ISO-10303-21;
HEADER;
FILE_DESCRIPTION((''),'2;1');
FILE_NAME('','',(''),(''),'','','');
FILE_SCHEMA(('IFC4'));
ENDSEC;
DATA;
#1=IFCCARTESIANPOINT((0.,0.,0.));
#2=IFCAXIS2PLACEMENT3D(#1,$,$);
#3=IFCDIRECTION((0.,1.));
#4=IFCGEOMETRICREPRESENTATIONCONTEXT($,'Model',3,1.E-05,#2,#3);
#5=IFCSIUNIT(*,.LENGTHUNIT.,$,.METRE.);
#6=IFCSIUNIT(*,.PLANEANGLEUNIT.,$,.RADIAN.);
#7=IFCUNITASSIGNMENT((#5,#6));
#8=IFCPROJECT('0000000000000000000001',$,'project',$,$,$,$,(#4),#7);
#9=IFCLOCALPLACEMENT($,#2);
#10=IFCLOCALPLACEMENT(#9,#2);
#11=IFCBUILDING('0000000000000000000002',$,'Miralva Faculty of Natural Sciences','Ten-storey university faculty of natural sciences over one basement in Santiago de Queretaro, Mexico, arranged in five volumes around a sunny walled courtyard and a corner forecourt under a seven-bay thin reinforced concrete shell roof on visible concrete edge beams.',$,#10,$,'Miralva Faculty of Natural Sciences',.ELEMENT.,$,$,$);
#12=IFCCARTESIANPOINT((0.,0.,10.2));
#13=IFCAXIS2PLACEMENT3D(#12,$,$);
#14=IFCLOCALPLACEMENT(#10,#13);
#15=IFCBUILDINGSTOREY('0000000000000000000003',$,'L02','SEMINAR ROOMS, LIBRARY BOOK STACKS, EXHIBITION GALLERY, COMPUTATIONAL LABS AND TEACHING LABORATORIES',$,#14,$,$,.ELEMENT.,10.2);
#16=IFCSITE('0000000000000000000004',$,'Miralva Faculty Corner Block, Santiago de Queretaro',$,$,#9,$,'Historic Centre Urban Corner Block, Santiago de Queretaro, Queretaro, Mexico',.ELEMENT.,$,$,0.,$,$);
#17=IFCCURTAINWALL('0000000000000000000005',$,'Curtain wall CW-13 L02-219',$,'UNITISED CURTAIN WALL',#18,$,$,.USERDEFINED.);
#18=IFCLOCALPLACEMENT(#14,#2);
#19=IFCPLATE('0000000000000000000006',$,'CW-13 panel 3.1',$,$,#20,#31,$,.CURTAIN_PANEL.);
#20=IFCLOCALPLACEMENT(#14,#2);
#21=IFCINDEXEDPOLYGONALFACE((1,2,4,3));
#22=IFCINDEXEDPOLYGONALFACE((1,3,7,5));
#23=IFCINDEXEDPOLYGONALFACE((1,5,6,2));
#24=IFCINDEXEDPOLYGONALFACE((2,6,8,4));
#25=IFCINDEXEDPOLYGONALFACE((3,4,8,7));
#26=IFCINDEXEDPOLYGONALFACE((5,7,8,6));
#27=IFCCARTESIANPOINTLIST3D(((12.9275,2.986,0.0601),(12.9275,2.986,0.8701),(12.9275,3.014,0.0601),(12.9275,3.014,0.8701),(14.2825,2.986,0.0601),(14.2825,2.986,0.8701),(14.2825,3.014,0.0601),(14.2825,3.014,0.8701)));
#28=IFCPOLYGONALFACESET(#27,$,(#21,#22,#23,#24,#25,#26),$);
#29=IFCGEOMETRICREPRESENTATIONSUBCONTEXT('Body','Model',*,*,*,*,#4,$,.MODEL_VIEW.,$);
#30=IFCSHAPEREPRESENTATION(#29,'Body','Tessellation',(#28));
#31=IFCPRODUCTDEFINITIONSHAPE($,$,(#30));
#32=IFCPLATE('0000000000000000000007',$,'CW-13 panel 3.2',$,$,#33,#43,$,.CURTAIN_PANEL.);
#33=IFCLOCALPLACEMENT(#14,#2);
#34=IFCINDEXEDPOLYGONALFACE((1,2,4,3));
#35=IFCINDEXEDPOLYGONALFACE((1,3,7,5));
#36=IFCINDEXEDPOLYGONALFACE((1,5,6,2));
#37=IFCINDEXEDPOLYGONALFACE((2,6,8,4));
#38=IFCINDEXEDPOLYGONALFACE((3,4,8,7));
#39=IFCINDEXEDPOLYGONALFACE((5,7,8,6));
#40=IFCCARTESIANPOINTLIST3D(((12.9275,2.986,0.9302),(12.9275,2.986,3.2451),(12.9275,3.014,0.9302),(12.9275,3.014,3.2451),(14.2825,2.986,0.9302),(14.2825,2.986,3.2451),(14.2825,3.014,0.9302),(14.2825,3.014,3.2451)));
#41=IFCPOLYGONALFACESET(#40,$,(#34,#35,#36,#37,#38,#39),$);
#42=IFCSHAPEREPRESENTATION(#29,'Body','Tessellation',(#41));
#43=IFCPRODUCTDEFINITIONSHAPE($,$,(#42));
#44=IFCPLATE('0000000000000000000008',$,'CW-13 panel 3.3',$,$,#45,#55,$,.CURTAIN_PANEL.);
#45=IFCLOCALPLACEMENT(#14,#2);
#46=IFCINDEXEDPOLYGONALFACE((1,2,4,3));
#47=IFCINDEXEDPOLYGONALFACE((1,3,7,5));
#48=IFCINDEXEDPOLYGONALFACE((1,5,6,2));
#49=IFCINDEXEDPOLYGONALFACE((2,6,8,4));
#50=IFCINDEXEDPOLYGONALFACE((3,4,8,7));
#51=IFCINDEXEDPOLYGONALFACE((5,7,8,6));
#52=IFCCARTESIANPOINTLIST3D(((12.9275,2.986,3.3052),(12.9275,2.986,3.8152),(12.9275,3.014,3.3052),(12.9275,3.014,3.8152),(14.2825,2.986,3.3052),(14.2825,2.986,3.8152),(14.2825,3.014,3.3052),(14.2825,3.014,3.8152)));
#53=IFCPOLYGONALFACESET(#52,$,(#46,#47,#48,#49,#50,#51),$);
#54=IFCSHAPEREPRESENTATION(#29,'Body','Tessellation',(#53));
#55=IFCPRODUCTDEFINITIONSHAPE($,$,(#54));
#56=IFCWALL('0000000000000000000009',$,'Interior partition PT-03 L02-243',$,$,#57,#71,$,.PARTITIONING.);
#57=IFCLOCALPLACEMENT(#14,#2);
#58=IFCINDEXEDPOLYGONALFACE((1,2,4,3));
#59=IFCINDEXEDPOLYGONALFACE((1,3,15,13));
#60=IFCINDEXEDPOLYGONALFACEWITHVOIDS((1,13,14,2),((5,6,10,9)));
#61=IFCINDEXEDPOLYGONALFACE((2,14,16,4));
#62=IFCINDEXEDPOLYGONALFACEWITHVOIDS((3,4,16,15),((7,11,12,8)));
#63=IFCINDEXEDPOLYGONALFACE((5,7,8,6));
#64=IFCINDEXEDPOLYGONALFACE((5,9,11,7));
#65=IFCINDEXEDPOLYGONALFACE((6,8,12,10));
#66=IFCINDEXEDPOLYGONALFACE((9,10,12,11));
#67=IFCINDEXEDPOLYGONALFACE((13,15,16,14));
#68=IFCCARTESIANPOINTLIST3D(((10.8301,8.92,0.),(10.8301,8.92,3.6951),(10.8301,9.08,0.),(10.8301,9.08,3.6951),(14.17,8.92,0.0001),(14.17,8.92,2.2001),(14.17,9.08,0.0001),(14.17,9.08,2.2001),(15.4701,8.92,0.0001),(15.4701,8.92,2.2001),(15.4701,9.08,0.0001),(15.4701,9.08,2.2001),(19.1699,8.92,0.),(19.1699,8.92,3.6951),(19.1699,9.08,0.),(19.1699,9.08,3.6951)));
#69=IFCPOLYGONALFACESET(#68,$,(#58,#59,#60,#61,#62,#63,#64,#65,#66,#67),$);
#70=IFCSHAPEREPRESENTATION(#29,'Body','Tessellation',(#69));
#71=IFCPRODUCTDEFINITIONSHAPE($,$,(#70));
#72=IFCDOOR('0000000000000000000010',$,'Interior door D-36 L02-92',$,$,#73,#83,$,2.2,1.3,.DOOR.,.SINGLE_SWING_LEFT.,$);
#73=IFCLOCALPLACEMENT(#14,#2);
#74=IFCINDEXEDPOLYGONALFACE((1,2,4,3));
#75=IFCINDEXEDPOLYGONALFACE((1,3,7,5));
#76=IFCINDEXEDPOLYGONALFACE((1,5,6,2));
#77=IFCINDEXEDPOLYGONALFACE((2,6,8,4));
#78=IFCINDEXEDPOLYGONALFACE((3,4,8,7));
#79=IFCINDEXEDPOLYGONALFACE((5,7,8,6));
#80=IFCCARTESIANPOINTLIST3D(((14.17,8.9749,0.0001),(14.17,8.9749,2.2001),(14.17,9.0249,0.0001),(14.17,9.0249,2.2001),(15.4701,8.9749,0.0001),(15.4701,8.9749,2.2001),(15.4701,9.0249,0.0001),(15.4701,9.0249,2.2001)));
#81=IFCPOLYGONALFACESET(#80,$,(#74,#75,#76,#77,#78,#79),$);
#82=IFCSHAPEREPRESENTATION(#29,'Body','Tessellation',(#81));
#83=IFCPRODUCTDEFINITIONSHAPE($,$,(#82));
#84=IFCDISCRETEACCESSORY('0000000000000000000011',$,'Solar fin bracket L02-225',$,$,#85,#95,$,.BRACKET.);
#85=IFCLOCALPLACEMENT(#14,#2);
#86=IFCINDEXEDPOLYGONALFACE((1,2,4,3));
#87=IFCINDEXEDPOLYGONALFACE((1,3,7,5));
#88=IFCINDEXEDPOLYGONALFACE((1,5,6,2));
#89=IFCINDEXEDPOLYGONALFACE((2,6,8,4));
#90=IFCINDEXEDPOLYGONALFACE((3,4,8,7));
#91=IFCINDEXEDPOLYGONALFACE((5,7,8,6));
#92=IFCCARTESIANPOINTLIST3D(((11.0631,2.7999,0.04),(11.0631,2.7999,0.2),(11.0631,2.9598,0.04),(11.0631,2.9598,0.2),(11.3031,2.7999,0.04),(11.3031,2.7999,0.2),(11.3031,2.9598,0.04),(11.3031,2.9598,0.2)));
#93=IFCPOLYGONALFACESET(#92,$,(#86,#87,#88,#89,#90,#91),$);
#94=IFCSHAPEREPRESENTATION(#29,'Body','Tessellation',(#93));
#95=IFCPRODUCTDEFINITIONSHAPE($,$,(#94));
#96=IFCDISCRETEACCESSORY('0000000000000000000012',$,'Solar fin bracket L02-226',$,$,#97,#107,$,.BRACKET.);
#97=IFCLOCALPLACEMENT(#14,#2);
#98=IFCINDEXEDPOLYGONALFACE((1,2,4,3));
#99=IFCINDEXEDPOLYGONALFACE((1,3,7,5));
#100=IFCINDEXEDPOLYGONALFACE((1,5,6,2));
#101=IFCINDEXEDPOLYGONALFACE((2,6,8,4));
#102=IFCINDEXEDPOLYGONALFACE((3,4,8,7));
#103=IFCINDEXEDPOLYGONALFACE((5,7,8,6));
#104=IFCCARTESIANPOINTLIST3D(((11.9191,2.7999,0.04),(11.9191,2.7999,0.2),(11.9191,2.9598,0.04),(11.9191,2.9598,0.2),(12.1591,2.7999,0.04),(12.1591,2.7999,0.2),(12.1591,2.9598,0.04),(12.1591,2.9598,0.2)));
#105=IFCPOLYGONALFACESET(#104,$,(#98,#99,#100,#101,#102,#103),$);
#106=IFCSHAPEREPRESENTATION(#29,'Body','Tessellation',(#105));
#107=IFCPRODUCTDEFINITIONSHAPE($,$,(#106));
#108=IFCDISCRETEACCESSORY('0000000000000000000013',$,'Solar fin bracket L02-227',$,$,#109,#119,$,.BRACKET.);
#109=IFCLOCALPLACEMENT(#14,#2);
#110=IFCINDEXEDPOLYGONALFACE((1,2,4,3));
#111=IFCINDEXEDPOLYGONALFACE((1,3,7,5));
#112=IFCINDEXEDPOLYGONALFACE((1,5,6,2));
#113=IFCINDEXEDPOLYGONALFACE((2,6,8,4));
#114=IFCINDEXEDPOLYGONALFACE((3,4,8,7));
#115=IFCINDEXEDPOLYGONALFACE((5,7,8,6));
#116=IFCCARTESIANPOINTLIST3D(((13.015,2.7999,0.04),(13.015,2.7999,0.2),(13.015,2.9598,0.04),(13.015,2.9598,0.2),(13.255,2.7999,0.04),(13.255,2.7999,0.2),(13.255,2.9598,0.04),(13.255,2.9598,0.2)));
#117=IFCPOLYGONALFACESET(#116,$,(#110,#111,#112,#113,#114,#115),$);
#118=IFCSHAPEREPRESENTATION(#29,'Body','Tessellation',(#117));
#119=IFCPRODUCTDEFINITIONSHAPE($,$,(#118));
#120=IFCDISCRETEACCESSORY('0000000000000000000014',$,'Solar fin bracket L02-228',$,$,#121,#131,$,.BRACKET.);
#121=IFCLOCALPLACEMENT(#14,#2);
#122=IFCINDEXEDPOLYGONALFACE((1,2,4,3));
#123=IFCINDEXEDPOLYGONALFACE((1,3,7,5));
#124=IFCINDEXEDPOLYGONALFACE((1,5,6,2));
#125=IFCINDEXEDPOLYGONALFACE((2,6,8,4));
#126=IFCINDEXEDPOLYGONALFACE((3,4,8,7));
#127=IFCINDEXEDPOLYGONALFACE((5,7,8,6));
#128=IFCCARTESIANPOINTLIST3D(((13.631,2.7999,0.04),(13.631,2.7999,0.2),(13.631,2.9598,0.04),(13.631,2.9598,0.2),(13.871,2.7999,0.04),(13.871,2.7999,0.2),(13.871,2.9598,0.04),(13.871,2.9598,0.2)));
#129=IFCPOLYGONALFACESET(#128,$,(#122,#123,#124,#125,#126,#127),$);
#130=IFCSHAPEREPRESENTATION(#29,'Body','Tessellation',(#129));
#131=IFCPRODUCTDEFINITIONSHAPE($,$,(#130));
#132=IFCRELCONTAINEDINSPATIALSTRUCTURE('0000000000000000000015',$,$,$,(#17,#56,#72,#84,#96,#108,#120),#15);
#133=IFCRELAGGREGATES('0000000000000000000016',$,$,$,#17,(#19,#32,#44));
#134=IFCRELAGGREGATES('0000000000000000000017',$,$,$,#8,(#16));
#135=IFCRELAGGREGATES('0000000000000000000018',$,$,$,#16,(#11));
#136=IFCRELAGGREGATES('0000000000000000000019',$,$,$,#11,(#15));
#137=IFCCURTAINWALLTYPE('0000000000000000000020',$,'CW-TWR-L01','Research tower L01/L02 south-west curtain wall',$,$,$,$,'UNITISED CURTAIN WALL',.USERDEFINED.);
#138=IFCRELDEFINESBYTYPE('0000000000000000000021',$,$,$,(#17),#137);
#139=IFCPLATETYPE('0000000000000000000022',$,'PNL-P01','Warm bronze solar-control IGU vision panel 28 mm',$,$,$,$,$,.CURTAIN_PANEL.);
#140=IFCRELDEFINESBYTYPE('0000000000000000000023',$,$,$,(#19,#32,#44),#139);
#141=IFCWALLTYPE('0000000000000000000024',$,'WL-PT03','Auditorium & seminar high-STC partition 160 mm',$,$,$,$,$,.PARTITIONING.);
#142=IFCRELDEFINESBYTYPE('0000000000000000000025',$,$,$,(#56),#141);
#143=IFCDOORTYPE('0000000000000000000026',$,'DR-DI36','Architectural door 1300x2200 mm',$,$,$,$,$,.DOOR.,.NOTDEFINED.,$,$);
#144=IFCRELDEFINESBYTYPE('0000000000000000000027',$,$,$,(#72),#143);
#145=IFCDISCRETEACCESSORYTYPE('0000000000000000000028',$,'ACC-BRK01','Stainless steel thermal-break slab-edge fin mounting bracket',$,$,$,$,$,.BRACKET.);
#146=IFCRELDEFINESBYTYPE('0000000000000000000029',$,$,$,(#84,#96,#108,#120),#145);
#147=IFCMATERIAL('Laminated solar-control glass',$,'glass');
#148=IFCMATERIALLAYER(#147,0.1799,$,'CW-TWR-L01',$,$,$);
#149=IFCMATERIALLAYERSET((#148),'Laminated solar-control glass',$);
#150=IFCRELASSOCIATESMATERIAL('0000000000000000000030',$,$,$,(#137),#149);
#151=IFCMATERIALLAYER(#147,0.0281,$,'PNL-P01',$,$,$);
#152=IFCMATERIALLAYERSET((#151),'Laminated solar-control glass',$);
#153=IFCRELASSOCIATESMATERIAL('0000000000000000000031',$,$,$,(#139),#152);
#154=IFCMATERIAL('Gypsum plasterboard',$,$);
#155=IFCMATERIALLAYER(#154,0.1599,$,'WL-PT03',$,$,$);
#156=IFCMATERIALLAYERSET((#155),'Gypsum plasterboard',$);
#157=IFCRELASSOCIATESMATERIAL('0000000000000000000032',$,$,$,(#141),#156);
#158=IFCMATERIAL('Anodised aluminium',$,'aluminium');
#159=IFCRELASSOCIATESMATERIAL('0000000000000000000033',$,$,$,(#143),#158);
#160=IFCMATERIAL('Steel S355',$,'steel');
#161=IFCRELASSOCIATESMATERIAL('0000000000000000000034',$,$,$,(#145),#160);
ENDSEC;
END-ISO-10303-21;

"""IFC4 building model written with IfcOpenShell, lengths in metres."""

from ifc_helpers import new_model, si_unit, direction, frame, frame_2d, origin, origin_2d, place, context, subcontext, project, spatial, rectangle, extrude, material, layer, layer_set, type_object, element, fill, aggregate, save


model = new_model("IFC4")

# Units and contexts
model_context = context("Model", 3, precision=1e-05, world=origin(), true_north=direction((0.0, 1.0)))
body_context = subcontext(model_context, "Body", "Model", "MODEL_VIEW")
ifc_project = project(units=[si_unit("LENGTHUNIT", "METRE"), si_unit("PLANEANGLEUNIT", "RADIAN")], contexts=[model_context])

# Site, building, storey
site_placement = place(None, origin())
site = spatial("IfcSite", under=ifc_project, at=site_placement, Name="Miralva Faculty Corner Block, Santiago de Queretaro", LongName="Historic Centre Urban Corner Block, Santiago de Queretaro, Queretaro, Mexico", CompositionType="ELEMENT", RefElevation=0.0)
building_placement = place(site_placement, origin())
building = spatial("IfcBuilding", under=site, at=building_placement, Name="Miralva Faculty of Natural Sciences", Description="Ten-storey university faculty of natural sciences over one basement in Santiago de Queretaro, Mexico, arranged in five volumes around a sunny walled courtyard and a corner forecourt under a seven-bay thin reinforced concrete shell roof on visible concrete edge beams.", LongName="Miralva Faculty of Natural Sciences", CompositionType="ELEMENT")
storey_placement = place(building_placement, frame((0.0, 0.0, 10.2)))
storey = spatial("IfcBuildingStorey", under=building, at=storey_placement, Name="L02", Description="SEMINAR ROOMS, LIBRARY BOOK STACKS, EXHIBITION GALLERY, COMPUTATIONAL LABS AND TEACHING LABORATORIES", CompositionType="ELEMENT", Elevation=10.2)

# Curtain wall
ifc_material_1 = material(Name="Laminated solar-control glass", Category="glass")
ifc_layer_1 = layer(ifc_material_1, 0.1799, Name="CW-TWR-L01")
ifc_layer_set_1 = layer_set([ifc_layer_1], Name="Laminated solar-control glass")
curtain_wall_type = type_object("IfcCurtainWallType", Name="CW-TWR-L01", Description="Research tower L01/L02 south-west curtain wall", ElementType="UNITISED CURTAIN WALL", PredefinedType="USERDEFINED", material=ifc_layer_set_1)
curtain_wall_placement = place(storey_placement, origin())
curtain_wall = element("IfcCurtainWall", 1, at=curtain_wall_placement, inside=storey, type_object=curtain_wall_type, Name="Curtain wall CW-13 L02-219", ObjectType="UNITISED CURTAIN WALL", PredefinedType="USERDEFINED")
ifc_material_2 = material(Name="Anodised aluminium", Category="aluminium")

# Plates
ifc_layer_2 = layer(ifc_material_1, 0.0281, Name="PNL-P01")
ifc_layer_set_2 = layer_set([ifc_layer_2], Name="Laminated solar-control glass")
plate_type = type_object("IfcPlateType", Name="PNL-P01", Description="Warm bronze solar-control IGU vision panel 28 mm", PredefinedType="CURTAIN_PANEL", material=ifc_layer_set_2)
plate_1_placement = place(storey_placement, frame((13.605, 3.0, 0.0601), z_axis=(0.0, 0.0, 1.0), x_axis=(1.0, 0.0, 0.0)))
plate_1 = element("IfcPlate", 2, at=plate_1_placement, type_object=plate_type, Name="CW-13 panel 3.1", PredefinedType="CURTAIN_PANEL", context=body_context, shape_type="SweptSolid", body=[
    extrude(rectangle(XDim=1.355, YDim=0.0281, at=origin_2d()), origin(), (0.0, 0.0, 1.0), 0.8101),
])
plate_2_placement = place(storey_placement, frame((13.605, 3.0, 0.9302), z_axis=(0.0, 0.0, 1.0), x_axis=(1.0, 0.0, 0.0)))
plate_2 = element("IfcPlate", 3, at=plate_2_placement, type_object=plate_type, Name="CW-13 panel 3.2", PredefinedType="CURTAIN_PANEL", context=body_context, shape_type="SweptSolid", body=[
    extrude(rectangle(XDim=1.355, YDim=0.0281, at=origin_2d()), origin(), (0.0, 0.0, 1.0), 2.3149),
])
plate_3_placement = place(storey_placement, frame((13.605, 3.0, 3.3052), z_axis=(0.0, 0.0, 1.0), x_axis=(1.0, 0.0, 0.0)))
plate_3 = element("IfcPlate", 4, at=plate_3_placement, type_object=plate_type, Name="CW-13 panel 3.3", PredefinedType="CURTAIN_PANEL", context=body_context, shape_type="SweptSolid", body=[
    extrude(rectangle(XDim=1.355, YDim=0.0281, at=origin_2d()), origin(), (0.0, 0.0, 1.0), 0.51),
])
aggregate(curtain_wall, [plate_1, plate_2, plate_3])

# Wall, opening, door
ifc_material_3 = material(Name="Gypsum plasterboard")
ifc_layer_3 = layer(ifc_material_3, 0.1599, Name="WL-PT03")
ifc_layer_set_3 = layer_set([ifc_layer_3], Name="Gypsum plasterboard")
wall_type = type_object("IfcWallType", Name="WL-PT03", Description="Auditorium & seminar high-STC partition 160 mm", PredefinedType="PARTITIONING", material=ifc_layer_set_3)
wall_placement = place(storey_placement, frame((10.8301, 9.0, 0.0), z_axis=(0.0, 0.0, 1.0), x_axis=(1.0, 0.0, 0.0)))
wall = element("IfcWall", 5, at=wall_placement, inside=storey, type_object=wall_type, Name="Interior partition PT-03 L02-243", PredefinedType="PARTITIONING", context=body_context, shape_type="SweptSolid", body=[
    extrude(rectangle(XDim=8.3398, YDim=0.1599, at=frame_2d((4.1699, 0.0))), origin(), (0.0, 0.0, 1.0), 3.6951),
])
opening_placement = place(wall_placement, frame((3.3401, 0.0, 0.0)))
opening = element("IfcOpeningElement", 6, at=opening_placement, cuts=wall, PredefinedType="OPENING", context=body_context, shape_type="SweptSolid", body=[
    extrude(rectangle(XDim=1.3, YDim=2.2, at=frame_2d((0.6499, 1.1001))), frame((0.0, 0.0898, 0.0), z_axis=(0.0, -1.0, 0.0), x_axis=(1.0, 0.0, 0.0)), (0.0, 0.0, 1.0), 0.1799),
])
door_type = type_object("IfcDoorType", Name="DR-DI36", Description="Architectural door 1300x2200 mm", OperationType="NOTDEFINED", PredefinedType="DOOR", material=ifc_material_2)
door_placement = place(opening_placement, origin())
door = element("IfcDoor", 7, at=door_placement, inside=storey, type_object=door_type, Name="Interior door D-36 L02-92", OperationType="SINGLE_SWING_LEFT", OverallHeight=2.2, OverallWidth=1.3, PredefinedType="DOOR", context=body_context, shape_type="SweptSolid", body=[
    extrude(rectangle(XDim=1.3, YDim=2.2, at=frame_2d((0.6499, 1.1001))), frame((0.0, 0.0249, 0.0), z_axis=(0.0, -1.0, 0.0), x_axis=(1.0, 0.0, 0.0)), (0.0, 0.0, 1.0), 0.05),
])
fill(opening, door)

# Discrete accessories
ifc_material_4 = material(Name="Steel S355", Category="steel")
discrete_accessory_type = type_object("IfcDiscreteAccessoryType", Name="ACC-BRK01", Description="Stainless steel thermal-break slab-edge fin mounting bracket", PredefinedType="BRACKET", material=ifc_material_4)
for number, where, z_axis, x_axis, name in (
    (8, (11.1831, 2.8799, 0.04), (0.0, 0.0, 1.0), (0.0, -1.0, 0.0), "Solar fin bracket L02-225"),
    (9, (12.0391, 2.8799, 0.04), (0.0, 0.0, 1.0), (0.0, -1.0, 0.0), "Solar fin bracket L02-226"),
    (10, (13.135, 2.8799, 0.04), (0.0, 0.0, 1.0), (0.0, -1.0, 0.0), "Solar fin bracket L02-227"),
    (11, (13.751, 2.8799, 0.04), (0.0, 0.0, 1.0), (0.0, -1.0, 0.0), "Solar fin bracket L02-228"),
):
    element("IfcDiscreteAccessory", number, at=place(storey_placement, frame(where, z_axis=z_axis, x_axis=x_axis)), inside=storey, type_object=discrete_accessory_type, Name=name, PredefinedType="BRACKET", context=body_context, shape_type="SweptSolid", body=[
        extrude(rectangle(XDim=0.1599, YDim=0.24, at=origin_2d()), origin(), (0.0, 0.0, 1.0), 0.1599),
    ])

save(model, "model.ifc")
